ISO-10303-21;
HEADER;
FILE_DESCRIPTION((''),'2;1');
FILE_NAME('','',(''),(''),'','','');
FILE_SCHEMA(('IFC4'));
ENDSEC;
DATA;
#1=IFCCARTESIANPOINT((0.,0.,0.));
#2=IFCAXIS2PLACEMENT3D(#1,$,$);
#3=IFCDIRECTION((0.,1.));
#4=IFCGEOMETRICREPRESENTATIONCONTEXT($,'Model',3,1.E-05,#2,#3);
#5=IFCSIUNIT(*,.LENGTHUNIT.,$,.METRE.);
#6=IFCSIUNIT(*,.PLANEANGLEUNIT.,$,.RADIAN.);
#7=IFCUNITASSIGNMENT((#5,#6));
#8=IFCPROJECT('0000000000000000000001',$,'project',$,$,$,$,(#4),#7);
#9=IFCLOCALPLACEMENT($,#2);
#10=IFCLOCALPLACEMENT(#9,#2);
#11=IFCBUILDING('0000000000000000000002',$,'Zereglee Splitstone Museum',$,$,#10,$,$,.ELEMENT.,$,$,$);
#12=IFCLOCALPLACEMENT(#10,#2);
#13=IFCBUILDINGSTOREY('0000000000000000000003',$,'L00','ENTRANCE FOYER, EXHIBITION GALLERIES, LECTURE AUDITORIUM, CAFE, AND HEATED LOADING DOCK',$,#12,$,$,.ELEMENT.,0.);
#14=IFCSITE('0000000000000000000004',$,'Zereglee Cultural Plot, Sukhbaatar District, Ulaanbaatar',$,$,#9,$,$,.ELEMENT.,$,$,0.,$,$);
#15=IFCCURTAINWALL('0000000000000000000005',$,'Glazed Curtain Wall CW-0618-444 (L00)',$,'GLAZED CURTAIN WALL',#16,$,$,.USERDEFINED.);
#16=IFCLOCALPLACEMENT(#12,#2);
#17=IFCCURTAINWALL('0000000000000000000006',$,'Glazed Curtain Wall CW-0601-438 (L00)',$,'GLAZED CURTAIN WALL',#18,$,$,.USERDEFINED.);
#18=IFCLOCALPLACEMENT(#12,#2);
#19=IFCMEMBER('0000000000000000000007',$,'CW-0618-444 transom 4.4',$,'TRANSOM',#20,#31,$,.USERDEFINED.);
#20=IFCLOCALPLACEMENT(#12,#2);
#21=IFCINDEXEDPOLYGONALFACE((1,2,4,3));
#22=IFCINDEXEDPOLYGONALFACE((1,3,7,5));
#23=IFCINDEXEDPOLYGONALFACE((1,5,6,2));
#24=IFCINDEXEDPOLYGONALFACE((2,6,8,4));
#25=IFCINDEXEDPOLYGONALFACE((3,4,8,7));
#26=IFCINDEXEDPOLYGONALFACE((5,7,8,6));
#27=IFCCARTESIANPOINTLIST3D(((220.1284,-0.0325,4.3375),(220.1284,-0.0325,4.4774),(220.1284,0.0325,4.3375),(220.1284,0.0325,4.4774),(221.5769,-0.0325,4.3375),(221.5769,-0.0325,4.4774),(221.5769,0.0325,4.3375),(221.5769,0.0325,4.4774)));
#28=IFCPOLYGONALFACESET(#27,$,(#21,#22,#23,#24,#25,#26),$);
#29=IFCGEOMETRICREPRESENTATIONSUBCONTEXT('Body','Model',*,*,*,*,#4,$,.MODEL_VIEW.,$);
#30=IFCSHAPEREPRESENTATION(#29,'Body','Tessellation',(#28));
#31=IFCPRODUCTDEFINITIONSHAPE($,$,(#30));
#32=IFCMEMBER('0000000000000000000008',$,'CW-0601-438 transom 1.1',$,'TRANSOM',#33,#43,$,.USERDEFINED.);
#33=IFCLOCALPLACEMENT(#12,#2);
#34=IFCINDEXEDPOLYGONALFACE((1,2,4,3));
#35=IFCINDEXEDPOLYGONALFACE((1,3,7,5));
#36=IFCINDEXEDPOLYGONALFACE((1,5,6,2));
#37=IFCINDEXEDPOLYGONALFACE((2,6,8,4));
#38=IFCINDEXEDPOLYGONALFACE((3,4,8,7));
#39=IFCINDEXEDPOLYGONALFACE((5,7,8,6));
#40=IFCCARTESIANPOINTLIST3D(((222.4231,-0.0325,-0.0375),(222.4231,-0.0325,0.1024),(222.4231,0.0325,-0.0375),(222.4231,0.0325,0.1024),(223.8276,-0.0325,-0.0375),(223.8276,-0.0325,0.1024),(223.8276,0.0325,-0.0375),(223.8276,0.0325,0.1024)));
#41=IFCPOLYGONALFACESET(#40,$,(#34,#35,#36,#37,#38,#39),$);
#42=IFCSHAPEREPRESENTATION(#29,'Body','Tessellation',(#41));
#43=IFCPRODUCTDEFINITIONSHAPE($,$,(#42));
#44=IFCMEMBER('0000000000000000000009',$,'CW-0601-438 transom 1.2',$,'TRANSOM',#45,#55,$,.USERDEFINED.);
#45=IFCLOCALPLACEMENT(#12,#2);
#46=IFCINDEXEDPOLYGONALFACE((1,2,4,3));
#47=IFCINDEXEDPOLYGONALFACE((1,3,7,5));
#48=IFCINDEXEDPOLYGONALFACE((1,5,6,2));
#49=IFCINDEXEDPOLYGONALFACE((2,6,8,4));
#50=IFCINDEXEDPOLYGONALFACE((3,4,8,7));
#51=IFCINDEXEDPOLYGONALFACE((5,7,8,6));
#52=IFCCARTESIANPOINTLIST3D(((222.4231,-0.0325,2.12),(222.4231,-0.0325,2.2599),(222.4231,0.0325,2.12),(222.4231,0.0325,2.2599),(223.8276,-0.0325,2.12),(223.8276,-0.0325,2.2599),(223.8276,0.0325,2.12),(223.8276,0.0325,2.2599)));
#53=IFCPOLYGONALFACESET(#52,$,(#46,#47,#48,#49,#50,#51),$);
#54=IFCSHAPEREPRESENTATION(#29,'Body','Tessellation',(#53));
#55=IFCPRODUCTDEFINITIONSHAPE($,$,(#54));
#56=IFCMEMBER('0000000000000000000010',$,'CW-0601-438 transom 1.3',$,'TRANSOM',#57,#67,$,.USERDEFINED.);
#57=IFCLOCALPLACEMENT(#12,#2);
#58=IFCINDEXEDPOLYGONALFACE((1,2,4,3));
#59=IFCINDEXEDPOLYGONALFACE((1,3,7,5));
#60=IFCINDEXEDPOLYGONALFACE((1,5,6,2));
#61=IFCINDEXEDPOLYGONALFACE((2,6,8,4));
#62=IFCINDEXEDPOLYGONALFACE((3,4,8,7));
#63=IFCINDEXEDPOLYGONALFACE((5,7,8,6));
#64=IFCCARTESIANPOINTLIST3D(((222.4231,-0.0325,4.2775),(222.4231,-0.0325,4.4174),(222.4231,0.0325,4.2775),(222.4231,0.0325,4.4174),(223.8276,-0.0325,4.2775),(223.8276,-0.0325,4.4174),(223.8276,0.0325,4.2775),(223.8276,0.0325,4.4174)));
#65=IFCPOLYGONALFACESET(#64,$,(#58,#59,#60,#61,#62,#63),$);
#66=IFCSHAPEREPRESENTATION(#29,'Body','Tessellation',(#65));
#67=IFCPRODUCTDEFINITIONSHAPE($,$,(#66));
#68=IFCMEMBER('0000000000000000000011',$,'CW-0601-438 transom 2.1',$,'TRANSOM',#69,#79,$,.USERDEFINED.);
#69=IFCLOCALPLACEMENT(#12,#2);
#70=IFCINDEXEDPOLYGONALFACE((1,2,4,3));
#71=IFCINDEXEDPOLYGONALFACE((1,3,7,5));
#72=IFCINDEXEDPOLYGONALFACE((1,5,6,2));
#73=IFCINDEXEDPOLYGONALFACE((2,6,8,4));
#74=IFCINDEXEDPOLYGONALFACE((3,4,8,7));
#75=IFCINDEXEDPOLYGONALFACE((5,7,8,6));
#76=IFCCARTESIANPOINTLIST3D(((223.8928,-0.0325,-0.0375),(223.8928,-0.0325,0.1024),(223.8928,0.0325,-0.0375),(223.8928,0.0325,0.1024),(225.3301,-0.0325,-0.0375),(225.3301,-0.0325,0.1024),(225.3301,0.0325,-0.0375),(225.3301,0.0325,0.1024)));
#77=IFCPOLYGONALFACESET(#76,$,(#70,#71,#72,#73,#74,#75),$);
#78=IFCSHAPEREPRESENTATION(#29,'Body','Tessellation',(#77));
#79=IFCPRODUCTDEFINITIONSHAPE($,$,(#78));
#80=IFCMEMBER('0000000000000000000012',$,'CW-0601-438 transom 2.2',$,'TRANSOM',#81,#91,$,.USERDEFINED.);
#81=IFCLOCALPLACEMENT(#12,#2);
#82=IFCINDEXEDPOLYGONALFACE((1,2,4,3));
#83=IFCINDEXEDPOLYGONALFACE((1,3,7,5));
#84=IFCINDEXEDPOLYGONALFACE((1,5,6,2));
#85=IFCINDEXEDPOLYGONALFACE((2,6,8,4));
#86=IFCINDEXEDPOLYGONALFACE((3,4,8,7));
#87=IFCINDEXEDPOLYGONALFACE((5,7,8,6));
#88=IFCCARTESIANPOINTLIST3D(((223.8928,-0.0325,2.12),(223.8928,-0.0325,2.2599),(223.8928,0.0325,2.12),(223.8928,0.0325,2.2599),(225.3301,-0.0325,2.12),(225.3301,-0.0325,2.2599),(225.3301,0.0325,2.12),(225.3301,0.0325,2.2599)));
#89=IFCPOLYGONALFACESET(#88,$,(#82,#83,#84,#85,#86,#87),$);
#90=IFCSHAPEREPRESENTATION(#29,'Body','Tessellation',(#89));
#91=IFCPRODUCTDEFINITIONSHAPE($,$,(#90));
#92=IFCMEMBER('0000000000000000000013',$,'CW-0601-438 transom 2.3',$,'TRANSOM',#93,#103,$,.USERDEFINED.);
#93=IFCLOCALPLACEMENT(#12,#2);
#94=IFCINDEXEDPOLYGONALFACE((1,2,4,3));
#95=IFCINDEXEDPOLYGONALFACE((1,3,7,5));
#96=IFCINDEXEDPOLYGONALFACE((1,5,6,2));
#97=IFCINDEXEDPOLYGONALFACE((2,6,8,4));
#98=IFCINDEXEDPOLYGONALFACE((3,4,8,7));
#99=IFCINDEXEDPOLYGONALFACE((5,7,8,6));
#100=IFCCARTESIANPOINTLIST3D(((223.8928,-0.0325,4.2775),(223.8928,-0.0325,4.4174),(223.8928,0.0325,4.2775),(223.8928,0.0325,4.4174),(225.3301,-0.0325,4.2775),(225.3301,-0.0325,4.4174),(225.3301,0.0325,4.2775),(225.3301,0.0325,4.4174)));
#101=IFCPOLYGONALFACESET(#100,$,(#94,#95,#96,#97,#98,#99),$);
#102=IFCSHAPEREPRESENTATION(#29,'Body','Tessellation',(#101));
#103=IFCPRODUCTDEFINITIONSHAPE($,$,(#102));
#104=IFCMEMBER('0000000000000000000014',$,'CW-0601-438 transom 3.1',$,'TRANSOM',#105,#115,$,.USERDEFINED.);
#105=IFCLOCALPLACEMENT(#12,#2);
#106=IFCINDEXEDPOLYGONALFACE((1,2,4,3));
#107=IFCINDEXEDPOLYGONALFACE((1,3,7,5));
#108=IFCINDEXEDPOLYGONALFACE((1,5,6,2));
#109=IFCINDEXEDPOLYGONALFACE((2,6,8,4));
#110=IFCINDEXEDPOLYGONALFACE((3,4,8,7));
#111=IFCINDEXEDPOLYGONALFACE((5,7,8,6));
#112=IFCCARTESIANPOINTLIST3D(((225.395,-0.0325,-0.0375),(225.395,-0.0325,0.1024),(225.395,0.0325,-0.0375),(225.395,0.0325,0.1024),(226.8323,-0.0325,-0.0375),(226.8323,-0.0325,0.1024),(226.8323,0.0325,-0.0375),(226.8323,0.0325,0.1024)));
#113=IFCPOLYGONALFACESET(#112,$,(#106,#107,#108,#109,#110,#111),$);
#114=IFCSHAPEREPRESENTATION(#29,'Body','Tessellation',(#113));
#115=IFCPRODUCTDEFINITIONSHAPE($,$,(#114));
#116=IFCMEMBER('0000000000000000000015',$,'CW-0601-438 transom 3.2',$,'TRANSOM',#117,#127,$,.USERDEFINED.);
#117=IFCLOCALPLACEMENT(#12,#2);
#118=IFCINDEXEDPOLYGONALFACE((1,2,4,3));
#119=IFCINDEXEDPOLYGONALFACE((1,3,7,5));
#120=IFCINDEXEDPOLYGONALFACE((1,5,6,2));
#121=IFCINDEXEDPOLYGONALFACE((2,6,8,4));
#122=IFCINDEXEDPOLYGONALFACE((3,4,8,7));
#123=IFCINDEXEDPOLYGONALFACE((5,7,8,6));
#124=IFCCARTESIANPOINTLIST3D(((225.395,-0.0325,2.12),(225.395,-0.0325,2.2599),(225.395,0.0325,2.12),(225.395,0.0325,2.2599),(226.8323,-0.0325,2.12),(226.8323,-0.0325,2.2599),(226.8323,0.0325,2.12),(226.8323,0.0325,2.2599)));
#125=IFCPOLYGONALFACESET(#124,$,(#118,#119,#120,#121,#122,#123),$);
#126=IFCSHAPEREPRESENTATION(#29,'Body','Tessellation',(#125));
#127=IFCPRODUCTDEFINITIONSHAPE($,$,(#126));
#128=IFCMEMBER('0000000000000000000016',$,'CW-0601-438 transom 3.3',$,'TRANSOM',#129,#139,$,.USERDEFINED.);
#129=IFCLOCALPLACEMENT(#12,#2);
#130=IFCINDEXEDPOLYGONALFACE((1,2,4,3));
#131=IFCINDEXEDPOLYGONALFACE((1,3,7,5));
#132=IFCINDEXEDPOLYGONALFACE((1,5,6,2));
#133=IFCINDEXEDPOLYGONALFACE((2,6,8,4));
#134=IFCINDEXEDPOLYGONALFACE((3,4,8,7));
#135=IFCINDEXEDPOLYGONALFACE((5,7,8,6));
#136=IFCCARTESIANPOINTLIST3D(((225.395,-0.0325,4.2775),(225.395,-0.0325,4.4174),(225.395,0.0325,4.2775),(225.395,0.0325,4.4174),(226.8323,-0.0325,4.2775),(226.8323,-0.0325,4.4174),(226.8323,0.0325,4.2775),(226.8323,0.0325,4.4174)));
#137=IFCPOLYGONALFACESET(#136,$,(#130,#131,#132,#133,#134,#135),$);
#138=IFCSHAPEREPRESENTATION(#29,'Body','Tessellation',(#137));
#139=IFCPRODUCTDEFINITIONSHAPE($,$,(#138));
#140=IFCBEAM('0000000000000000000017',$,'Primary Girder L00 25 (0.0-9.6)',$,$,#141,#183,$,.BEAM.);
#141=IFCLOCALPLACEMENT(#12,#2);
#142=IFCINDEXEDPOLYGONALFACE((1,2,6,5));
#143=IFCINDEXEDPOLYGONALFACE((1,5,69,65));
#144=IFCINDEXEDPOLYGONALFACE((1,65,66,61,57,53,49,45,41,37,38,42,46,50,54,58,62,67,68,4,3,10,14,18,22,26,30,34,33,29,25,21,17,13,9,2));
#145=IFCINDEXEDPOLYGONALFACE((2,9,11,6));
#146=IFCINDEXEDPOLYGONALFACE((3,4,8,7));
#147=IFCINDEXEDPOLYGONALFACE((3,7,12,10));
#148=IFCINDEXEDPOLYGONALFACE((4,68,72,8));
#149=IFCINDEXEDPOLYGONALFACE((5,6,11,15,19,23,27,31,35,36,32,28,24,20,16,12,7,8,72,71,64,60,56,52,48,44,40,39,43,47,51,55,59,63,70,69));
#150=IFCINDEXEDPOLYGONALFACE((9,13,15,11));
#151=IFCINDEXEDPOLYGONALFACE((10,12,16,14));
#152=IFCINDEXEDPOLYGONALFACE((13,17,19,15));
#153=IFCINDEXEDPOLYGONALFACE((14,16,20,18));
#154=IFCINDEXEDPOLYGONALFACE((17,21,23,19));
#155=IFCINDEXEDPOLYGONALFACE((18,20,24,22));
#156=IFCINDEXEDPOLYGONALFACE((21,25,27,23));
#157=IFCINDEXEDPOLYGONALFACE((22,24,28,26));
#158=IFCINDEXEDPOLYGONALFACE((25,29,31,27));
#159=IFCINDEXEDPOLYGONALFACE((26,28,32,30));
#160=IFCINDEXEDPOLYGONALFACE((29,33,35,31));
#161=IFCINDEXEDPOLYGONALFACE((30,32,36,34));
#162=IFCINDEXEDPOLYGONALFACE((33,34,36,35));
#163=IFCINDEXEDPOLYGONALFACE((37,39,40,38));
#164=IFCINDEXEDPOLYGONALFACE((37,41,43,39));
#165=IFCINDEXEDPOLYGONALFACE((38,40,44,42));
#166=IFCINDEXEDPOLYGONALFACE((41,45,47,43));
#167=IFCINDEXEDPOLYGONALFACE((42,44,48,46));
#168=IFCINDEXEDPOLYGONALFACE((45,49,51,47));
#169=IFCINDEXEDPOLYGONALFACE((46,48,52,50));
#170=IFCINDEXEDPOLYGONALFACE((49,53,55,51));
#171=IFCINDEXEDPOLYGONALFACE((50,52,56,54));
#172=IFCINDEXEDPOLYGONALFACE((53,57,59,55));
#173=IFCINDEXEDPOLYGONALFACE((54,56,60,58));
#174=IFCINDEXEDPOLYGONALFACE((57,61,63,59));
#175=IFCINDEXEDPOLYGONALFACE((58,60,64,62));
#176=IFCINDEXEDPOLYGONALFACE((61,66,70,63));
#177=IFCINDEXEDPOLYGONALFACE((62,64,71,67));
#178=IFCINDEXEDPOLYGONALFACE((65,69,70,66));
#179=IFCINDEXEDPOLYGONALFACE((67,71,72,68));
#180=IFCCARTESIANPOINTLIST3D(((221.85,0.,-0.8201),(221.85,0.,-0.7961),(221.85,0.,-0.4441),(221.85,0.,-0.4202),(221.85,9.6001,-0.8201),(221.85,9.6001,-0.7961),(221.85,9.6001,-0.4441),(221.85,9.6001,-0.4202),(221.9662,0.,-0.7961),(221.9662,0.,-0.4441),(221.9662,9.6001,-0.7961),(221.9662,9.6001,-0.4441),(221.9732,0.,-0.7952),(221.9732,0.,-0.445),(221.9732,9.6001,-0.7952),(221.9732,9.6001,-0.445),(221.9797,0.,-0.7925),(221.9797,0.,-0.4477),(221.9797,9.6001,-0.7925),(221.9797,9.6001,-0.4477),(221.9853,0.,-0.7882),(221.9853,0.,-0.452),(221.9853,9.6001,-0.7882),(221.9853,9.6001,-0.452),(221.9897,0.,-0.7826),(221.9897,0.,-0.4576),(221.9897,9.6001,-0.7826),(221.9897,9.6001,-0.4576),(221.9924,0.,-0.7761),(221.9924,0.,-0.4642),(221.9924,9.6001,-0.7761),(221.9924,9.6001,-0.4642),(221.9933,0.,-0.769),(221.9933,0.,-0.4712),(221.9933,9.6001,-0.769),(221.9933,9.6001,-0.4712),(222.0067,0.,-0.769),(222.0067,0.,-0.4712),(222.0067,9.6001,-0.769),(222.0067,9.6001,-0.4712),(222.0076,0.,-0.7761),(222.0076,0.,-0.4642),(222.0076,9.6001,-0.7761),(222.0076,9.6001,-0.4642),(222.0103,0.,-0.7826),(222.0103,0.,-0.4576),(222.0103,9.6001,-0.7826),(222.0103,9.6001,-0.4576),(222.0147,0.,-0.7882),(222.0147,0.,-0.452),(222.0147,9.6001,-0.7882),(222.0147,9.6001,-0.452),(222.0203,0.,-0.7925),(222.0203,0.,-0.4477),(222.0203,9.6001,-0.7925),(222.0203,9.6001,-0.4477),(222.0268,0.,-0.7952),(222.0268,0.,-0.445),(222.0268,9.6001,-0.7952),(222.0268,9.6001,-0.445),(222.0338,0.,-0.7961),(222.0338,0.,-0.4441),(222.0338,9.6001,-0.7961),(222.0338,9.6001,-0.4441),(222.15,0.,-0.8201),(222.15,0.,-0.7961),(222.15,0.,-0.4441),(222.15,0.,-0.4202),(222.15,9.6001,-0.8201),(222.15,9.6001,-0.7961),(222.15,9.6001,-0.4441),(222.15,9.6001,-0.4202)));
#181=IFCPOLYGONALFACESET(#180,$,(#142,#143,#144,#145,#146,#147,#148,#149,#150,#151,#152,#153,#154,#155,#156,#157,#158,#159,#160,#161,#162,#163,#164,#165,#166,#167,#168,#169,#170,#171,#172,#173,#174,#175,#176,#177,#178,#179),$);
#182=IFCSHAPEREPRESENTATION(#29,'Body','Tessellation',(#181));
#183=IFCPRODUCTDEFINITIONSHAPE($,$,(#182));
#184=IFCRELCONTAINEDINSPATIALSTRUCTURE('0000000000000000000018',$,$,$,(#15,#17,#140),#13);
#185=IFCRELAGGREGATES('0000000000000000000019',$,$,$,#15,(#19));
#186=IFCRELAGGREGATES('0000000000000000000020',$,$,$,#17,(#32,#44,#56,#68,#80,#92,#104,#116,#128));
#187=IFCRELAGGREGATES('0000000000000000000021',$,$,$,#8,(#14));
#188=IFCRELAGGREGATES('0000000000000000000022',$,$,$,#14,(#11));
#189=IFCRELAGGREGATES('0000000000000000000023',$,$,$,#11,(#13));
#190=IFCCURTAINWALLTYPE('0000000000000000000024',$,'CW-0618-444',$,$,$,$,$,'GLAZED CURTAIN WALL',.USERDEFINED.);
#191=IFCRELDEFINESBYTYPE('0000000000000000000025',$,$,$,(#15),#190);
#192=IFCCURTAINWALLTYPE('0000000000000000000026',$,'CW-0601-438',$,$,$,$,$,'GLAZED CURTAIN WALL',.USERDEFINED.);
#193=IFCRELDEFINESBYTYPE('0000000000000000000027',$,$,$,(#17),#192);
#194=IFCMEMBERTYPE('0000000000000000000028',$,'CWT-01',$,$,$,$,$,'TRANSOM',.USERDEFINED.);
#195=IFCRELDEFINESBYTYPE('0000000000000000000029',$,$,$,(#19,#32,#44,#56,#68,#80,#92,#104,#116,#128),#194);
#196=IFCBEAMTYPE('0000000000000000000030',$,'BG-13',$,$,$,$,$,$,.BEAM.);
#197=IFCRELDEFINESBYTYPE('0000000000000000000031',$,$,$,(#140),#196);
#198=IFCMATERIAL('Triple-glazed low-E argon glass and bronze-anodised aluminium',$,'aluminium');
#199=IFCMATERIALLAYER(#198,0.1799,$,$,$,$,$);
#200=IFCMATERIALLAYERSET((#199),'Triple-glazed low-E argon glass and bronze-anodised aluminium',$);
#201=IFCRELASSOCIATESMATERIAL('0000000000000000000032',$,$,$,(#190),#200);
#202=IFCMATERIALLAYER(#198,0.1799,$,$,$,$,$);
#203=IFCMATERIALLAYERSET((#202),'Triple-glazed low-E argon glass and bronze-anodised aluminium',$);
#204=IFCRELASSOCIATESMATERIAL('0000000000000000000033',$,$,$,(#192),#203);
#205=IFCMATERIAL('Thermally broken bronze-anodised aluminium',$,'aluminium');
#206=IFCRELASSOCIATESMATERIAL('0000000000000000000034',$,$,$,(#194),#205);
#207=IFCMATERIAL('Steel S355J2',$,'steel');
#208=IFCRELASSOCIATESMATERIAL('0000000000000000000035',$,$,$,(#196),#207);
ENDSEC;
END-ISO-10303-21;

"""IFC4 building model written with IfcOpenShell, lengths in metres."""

from ifc_helpers import new_model, si_unit, direction, frame, origin, origin_2d, place, context, subcontext, project, spatial, rectangle, i_section, extrude, material, layer, layer_set, material_profile, profile_set, type_object, element, aggregate, save


model = new_model("IFC4")

# Units and contexts
model_context = context("Model", 3, precision=1e-05, world=origin(), true_north=direction((0.0, 1.0)))
body_context = subcontext(model_context, "Body", "Model", "MODEL_VIEW")
ifc_project = project(units=[si_unit("LENGTHUNIT", "METRE"), si_unit("PLANEANGLEUNIT", "RADIAN")], contexts=[model_context])

# Site, building, storey
site_placement = place(None, origin())
site = spatial("IfcSite", under=ifc_project, at=site_placement, Name="Zereglee Cultural Plot, Sukhbaatar District, Ulaanbaatar", CompositionType="ELEMENT", RefElevation=0.0)
building_placement = place(site_placement, origin())
building = spatial("IfcBuilding", under=site, at=building_placement, Name="Zereglee Splitstone Museum", CompositionType="ELEMENT")
storey_placement = place(building_placement, origin())
storey = spatial("IfcBuildingStorey", under=building, at=storey_placement, Name="L00", Description="ENTRANCE FOYER, EXHIBITION GALLERIES, LECTURE AUDITORIUM, CAFE, AND HEATED LOADING DOCK", CompositionType="ELEMENT", Elevation=0.0)

# Curtain walls
ifc_material_1 = material(Name="Triple-glazed low-E argon glass and bronze-anodised aluminium", Category="aluminium")
ifc_layer_1 = layer(ifc_material_1, 0.1799)
ifc_layer_set_1 = layer_set([ifc_layer_1], Name="Triple-glazed low-E argon glass and bronze-anodised aluminium")
curtain_wall_type_1 = type_object("IfcCurtainWallType", Name="CW-0618-444", ElementType="GLAZED CURTAIN WALL", PredefinedType="USERDEFINED", material=ifc_layer_set_1)
curtain_wall_1_placement = place(storey_placement, origin())
curtain_wall_1 = element("IfcCurtainWall", 1, at=curtain_wall_1_placement, inside=storey, type_object=curtain_wall_type_1, Name="Glazed Curtain Wall CW-0618-444 (L00)", ObjectType="GLAZED CURTAIN WALL", PredefinedType="USERDEFINED")
ifc_material_2 = material(Name="Thermally broken bronze-anodised aluminium", Category="aluminium")
ifc_layer_2 = layer(ifc_material_1, 0.1799)
ifc_layer_set_2 = layer_set([ifc_layer_2], Name="Triple-glazed low-E argon glass and bronze-anodised aluminium")
curtain_wall_type_2 = type_object("IfcCurtainWallType", Name="CW-0601-438", ElementType="GLAZED CURTAIN WALL", PredefinedType="USERDEFINED", material=ifc_layer_set_2)
curtain_wall_2_placement = place(storey_placement, origin())
curtain_wall_2 = element("IfcCurtainWall", 2, at=curtain_wall_2_placement, inside=storey, type_object=curtain_wall_type_2, Name="Glazed Curtain Wall CW-0601-438 (L00)", ObjectType="GLAZED CURTAIN WALL", PredefinedType="USERDEFINED")

# Members
ifc_material_profile_1 = material_profile(ifc_material_2, rectangle(XDim=0.0649, YDim=0.1399, at=origin_2d()), Name="CW TRAN 65x140")
ifc_profile_set_1 = profile_set([ifc_material_profile_1], Name="Thermally broken bronze-anodised aluminium")
member_type_1 = type_object("IfcMemberType", Name="CWT-01", ElementType="TRANSOM", PredefinedType="USERDEFINED", material=ifc_profile_set_1)
member_1_placement = place(storey_placement, frame((220.1284, 0.0, 4.4075), z_axis=(1.0, 0.0, 0.0), x_axis=(0.0, 1.0, 0.0)))
member_1 = element("IfcMember", 3, at=member_1_placement, type_object=member_type_1, Name="CW-0618-444 transom 4.4", ObjectType="TRANSOM", PredefinedType="USERDEFINED", context=body_context, shape_type="SweptSolid", body=[
    extrude(rectangle(XDim=0.0649, YDim=0.1399, at=origin_2d()), origin(), (0.0, 0.0, 1.0), 1.4485),
])
member_2_placement = place(storey_placement, frame((222.4231, 0.0, 0.0325), z_axis=(1.0, 0.0, 0.0), x_axis=(0.0, 1.0, 0.0)))
member_2 = element("IfcMember", 4, at=member_2_placement, type_object=member_type_1, Name="CW-0601-438 transom 1.1", ObjectType="TRANSOM", PredefinedType="USERDEFINED", context=body_context, shape_type="SweptSolid", body=[
    extrude(rectangle(XDim=0.0649, YDim=0.1399, at=origin_2d()), origin(), (0.0, 0.0, 1.0), 1.4045),
])
member_3_placement = place(storey_placement, frame((222.4231, 0.0, 2.1899), z_axis=(1.0, 0.0, 0.0), x_axis=(0.0, 1.0, 0.0)))
member_3 = element("IfcMember", 5, at=member_3_placement, type_object=member_type_1, Name="CW-0601-438 transom 1.2", ObjectType="TRANSOM", PredefinedType="USERDEFINED", context=body_context, shape_type="SweptSolid", body=[
    extrude(rectangle(XDim=0.0649, YDim=0.1399, at=origin_2d()), origin(), (0.0, 0.0, 1.0), 1.4045),
])
member_4_placement = place(storey_placement, frame((222.4231, 0.0, 4.3474), z_axis=(1.0, 0.0, 0.0), x_axis=(0.0, 1.0, 0.0)))
member_4 = element("IfcMember", 6, at=member_4_placement, type_object=member_type_1, Name="CW-0601-438 transom 1.3", ObjectType="TRANSOM", PredefinedType="USERDEFINED", context=body_context, shape_type="SweptSolid", body=[
    extrude(rectangle(XDim=0.0649, YDim=0.1399, at=origin_2d()), origin(), (0.0, 0.0, 1.0), 1.4045),
])
member_5_placement = place(storey_placement, frame((223.8928, 0.0, 0.0325), z_axis=(1.0, 0.0, 0.0), x_axis=(0.0, 1.0, 0.0)))
member_5 = element("IfcMember", 7, at=member_5_placement, type_object=member_type_1, Name="CW-0601-438 transom 2.1", ObjectType="TRANSOM", PredefinedType="USERDEFINED", context=body_context, shape_type="SweptSolid", body=[
    extrude(rectangle(XDim=0.0649, YDim=0.1399, at=origin_2d()), origin(), (0.0, 0.0, 1.0), 1.4373),
])
member_6_placement = place(storey_placement, frame((223.8928, 0.0, 2.1899), z_axis=(1.0, 0.0, 0.0), x_axis=(0.0, 1.0, 0.0)))
member_6 = element("IfcMember", 8, at=member_6_placement, type_object=member_type_1, Name="CW-0601-438 transom 2.2", ObjectType="TRANSOM", PredefinedType="USERDEFINED", context=body_context, shape_type="SweptSolid", body=[
    extrude(rectangle(XDim=0.0649, YDim=0.1399, at=origin_2d()), origin(), (0.0, 0.0, 1.0), 1.4373),
])
member_7_placement = place(storey_placement, frame((223.8928, 0.0, 4.3474), z_axis=(1.0, 0.0, 0.0), x_axis=(0.0, 1.0, 0.0)))
member_7 = element("IfcMember", 9, at=member_7_placement, type_object=member_type_1, Name="CW-0601-438 transom 2.3", ObjectType="TRANSOM", PredefinedType="USERDEFINED", context=body_context, shape_type="SweptSolid", body=[
    extrude(rectangle(XDim=0.0649, YDim=0.1399, at=origin_2d()), origin(), (0.0, 0.0, 1.0), 1.4373),
])
member_8_placement = place(storey_placement, frame((225.395, 0.0, 0.0325), z_axis=(1.0, 0.0, 0.0), x_axis=(0.0, 1.0, 0.0)))
member_8 = element("IfcMember", 10, at=member_8_placement, type_object=member_type_1, Name="CW-0601-438 transom 3.1", ObjectType="TRANSOM", PredefinedType="USERDEFINED", context=body_context, shape_type="SweptSolid", body=[
    extrude(rectangle(XDim=0.0649, YDim=0.1399, at=origin_2d()), origin(), (0.0, 0.0, 1.0), 1.4373),
])
member_9_placement = place(storey_placement, frame((225.395, 0.0, 2.1899), z_axis=(1.0, 0.0, 0.0), x_axis=(0.0, 1.0, 0.0)))
member_9 = element("IfcMember", 11, at=member_9_placement, type_object=member_type_1, Name="CW-0601-438 transom 3.2", ObjectType="TRANSOM", PredefinedType="USERDEFINED", context=body_context, shape_type="SweptSolid", body=[
    extrude(rectangle(XDim=0.0649, YDim=0.1399, at=origin_2d()), origin(), (0.0, 0.0, 1.0), 1.4373),
])
member_10_placement = place(storey_placement, frame((225.395, 0.0, 4.3474), z_axis=(1.0, 0.0, 0.0), x_axis=(0.0, 1.0, 0.0)))
member_10 = element("IfcMember", 12, at=member_10_placement, type_object=member_type_1, Name="CW-0601-438 transom 3.3", ObjectType="TRANSOM", PredefinedType="USERDEFINED", context=body_context, shape_type="SweptSolid", body=[
    extrude(rectangle(XDim=0.0649, YDim=0.1399, at=origin_2d()), origin(), (0.0, 0.0, 1.0), 1.4373),
])

# Beam
ifc_material_3 = material(Name="Steel S355J2", Category="steel")
ifc_material_profile_2 = material_profile(ifc_material_3, i_section(OverallWidth=0.3, OverallDepth=0.3999, WebThickness=0.0134, FlangeThickness=0.0239, FilletRadius=0.0271, at=origin_2d()), Name="HE 400 B")
ifc_profile_set_2 = profile_set([ifc_material_profile_2], Name="Steel S355J2")
beam_type_1 = type_object("IfcBeamType", Name="BG-13", PredefinedType="BEAM", material=ifc_profile_set_2)
beam_1_placement = place(storey_placement, frame((222.0, 0.0, -0.6201), z_axis=(0.0, 1.0, 0.0), x_axis=(-1.0, 0.0, 0.0)))
element("IfcBeam", 13, at=beam_1_placement, inside=storey, type_object=beam_type_1, Name="Primary Girder L00 25 (0.0-9.6)", PredefinedType="BEAM", context=body_context, shape_type="SweptSolid", body=[
    extrude(i_section(OverallWidth=0.3, OverallDepth=0.3999, WebThickness=0.0134, FlangeThickness=0.0239, FilletRadius=0.0271, at=origin_2d()), origin(), (0.0, 0.0, 1.0), 9.6001),
])

aggregate(curtain_wall_1, [member_1])
aggregate(curtain_wall_2, [member_2, member_3, member_4, member_5, member_6, member_7, member_8, member_9, member_10])

save(model, "model.ifc")
